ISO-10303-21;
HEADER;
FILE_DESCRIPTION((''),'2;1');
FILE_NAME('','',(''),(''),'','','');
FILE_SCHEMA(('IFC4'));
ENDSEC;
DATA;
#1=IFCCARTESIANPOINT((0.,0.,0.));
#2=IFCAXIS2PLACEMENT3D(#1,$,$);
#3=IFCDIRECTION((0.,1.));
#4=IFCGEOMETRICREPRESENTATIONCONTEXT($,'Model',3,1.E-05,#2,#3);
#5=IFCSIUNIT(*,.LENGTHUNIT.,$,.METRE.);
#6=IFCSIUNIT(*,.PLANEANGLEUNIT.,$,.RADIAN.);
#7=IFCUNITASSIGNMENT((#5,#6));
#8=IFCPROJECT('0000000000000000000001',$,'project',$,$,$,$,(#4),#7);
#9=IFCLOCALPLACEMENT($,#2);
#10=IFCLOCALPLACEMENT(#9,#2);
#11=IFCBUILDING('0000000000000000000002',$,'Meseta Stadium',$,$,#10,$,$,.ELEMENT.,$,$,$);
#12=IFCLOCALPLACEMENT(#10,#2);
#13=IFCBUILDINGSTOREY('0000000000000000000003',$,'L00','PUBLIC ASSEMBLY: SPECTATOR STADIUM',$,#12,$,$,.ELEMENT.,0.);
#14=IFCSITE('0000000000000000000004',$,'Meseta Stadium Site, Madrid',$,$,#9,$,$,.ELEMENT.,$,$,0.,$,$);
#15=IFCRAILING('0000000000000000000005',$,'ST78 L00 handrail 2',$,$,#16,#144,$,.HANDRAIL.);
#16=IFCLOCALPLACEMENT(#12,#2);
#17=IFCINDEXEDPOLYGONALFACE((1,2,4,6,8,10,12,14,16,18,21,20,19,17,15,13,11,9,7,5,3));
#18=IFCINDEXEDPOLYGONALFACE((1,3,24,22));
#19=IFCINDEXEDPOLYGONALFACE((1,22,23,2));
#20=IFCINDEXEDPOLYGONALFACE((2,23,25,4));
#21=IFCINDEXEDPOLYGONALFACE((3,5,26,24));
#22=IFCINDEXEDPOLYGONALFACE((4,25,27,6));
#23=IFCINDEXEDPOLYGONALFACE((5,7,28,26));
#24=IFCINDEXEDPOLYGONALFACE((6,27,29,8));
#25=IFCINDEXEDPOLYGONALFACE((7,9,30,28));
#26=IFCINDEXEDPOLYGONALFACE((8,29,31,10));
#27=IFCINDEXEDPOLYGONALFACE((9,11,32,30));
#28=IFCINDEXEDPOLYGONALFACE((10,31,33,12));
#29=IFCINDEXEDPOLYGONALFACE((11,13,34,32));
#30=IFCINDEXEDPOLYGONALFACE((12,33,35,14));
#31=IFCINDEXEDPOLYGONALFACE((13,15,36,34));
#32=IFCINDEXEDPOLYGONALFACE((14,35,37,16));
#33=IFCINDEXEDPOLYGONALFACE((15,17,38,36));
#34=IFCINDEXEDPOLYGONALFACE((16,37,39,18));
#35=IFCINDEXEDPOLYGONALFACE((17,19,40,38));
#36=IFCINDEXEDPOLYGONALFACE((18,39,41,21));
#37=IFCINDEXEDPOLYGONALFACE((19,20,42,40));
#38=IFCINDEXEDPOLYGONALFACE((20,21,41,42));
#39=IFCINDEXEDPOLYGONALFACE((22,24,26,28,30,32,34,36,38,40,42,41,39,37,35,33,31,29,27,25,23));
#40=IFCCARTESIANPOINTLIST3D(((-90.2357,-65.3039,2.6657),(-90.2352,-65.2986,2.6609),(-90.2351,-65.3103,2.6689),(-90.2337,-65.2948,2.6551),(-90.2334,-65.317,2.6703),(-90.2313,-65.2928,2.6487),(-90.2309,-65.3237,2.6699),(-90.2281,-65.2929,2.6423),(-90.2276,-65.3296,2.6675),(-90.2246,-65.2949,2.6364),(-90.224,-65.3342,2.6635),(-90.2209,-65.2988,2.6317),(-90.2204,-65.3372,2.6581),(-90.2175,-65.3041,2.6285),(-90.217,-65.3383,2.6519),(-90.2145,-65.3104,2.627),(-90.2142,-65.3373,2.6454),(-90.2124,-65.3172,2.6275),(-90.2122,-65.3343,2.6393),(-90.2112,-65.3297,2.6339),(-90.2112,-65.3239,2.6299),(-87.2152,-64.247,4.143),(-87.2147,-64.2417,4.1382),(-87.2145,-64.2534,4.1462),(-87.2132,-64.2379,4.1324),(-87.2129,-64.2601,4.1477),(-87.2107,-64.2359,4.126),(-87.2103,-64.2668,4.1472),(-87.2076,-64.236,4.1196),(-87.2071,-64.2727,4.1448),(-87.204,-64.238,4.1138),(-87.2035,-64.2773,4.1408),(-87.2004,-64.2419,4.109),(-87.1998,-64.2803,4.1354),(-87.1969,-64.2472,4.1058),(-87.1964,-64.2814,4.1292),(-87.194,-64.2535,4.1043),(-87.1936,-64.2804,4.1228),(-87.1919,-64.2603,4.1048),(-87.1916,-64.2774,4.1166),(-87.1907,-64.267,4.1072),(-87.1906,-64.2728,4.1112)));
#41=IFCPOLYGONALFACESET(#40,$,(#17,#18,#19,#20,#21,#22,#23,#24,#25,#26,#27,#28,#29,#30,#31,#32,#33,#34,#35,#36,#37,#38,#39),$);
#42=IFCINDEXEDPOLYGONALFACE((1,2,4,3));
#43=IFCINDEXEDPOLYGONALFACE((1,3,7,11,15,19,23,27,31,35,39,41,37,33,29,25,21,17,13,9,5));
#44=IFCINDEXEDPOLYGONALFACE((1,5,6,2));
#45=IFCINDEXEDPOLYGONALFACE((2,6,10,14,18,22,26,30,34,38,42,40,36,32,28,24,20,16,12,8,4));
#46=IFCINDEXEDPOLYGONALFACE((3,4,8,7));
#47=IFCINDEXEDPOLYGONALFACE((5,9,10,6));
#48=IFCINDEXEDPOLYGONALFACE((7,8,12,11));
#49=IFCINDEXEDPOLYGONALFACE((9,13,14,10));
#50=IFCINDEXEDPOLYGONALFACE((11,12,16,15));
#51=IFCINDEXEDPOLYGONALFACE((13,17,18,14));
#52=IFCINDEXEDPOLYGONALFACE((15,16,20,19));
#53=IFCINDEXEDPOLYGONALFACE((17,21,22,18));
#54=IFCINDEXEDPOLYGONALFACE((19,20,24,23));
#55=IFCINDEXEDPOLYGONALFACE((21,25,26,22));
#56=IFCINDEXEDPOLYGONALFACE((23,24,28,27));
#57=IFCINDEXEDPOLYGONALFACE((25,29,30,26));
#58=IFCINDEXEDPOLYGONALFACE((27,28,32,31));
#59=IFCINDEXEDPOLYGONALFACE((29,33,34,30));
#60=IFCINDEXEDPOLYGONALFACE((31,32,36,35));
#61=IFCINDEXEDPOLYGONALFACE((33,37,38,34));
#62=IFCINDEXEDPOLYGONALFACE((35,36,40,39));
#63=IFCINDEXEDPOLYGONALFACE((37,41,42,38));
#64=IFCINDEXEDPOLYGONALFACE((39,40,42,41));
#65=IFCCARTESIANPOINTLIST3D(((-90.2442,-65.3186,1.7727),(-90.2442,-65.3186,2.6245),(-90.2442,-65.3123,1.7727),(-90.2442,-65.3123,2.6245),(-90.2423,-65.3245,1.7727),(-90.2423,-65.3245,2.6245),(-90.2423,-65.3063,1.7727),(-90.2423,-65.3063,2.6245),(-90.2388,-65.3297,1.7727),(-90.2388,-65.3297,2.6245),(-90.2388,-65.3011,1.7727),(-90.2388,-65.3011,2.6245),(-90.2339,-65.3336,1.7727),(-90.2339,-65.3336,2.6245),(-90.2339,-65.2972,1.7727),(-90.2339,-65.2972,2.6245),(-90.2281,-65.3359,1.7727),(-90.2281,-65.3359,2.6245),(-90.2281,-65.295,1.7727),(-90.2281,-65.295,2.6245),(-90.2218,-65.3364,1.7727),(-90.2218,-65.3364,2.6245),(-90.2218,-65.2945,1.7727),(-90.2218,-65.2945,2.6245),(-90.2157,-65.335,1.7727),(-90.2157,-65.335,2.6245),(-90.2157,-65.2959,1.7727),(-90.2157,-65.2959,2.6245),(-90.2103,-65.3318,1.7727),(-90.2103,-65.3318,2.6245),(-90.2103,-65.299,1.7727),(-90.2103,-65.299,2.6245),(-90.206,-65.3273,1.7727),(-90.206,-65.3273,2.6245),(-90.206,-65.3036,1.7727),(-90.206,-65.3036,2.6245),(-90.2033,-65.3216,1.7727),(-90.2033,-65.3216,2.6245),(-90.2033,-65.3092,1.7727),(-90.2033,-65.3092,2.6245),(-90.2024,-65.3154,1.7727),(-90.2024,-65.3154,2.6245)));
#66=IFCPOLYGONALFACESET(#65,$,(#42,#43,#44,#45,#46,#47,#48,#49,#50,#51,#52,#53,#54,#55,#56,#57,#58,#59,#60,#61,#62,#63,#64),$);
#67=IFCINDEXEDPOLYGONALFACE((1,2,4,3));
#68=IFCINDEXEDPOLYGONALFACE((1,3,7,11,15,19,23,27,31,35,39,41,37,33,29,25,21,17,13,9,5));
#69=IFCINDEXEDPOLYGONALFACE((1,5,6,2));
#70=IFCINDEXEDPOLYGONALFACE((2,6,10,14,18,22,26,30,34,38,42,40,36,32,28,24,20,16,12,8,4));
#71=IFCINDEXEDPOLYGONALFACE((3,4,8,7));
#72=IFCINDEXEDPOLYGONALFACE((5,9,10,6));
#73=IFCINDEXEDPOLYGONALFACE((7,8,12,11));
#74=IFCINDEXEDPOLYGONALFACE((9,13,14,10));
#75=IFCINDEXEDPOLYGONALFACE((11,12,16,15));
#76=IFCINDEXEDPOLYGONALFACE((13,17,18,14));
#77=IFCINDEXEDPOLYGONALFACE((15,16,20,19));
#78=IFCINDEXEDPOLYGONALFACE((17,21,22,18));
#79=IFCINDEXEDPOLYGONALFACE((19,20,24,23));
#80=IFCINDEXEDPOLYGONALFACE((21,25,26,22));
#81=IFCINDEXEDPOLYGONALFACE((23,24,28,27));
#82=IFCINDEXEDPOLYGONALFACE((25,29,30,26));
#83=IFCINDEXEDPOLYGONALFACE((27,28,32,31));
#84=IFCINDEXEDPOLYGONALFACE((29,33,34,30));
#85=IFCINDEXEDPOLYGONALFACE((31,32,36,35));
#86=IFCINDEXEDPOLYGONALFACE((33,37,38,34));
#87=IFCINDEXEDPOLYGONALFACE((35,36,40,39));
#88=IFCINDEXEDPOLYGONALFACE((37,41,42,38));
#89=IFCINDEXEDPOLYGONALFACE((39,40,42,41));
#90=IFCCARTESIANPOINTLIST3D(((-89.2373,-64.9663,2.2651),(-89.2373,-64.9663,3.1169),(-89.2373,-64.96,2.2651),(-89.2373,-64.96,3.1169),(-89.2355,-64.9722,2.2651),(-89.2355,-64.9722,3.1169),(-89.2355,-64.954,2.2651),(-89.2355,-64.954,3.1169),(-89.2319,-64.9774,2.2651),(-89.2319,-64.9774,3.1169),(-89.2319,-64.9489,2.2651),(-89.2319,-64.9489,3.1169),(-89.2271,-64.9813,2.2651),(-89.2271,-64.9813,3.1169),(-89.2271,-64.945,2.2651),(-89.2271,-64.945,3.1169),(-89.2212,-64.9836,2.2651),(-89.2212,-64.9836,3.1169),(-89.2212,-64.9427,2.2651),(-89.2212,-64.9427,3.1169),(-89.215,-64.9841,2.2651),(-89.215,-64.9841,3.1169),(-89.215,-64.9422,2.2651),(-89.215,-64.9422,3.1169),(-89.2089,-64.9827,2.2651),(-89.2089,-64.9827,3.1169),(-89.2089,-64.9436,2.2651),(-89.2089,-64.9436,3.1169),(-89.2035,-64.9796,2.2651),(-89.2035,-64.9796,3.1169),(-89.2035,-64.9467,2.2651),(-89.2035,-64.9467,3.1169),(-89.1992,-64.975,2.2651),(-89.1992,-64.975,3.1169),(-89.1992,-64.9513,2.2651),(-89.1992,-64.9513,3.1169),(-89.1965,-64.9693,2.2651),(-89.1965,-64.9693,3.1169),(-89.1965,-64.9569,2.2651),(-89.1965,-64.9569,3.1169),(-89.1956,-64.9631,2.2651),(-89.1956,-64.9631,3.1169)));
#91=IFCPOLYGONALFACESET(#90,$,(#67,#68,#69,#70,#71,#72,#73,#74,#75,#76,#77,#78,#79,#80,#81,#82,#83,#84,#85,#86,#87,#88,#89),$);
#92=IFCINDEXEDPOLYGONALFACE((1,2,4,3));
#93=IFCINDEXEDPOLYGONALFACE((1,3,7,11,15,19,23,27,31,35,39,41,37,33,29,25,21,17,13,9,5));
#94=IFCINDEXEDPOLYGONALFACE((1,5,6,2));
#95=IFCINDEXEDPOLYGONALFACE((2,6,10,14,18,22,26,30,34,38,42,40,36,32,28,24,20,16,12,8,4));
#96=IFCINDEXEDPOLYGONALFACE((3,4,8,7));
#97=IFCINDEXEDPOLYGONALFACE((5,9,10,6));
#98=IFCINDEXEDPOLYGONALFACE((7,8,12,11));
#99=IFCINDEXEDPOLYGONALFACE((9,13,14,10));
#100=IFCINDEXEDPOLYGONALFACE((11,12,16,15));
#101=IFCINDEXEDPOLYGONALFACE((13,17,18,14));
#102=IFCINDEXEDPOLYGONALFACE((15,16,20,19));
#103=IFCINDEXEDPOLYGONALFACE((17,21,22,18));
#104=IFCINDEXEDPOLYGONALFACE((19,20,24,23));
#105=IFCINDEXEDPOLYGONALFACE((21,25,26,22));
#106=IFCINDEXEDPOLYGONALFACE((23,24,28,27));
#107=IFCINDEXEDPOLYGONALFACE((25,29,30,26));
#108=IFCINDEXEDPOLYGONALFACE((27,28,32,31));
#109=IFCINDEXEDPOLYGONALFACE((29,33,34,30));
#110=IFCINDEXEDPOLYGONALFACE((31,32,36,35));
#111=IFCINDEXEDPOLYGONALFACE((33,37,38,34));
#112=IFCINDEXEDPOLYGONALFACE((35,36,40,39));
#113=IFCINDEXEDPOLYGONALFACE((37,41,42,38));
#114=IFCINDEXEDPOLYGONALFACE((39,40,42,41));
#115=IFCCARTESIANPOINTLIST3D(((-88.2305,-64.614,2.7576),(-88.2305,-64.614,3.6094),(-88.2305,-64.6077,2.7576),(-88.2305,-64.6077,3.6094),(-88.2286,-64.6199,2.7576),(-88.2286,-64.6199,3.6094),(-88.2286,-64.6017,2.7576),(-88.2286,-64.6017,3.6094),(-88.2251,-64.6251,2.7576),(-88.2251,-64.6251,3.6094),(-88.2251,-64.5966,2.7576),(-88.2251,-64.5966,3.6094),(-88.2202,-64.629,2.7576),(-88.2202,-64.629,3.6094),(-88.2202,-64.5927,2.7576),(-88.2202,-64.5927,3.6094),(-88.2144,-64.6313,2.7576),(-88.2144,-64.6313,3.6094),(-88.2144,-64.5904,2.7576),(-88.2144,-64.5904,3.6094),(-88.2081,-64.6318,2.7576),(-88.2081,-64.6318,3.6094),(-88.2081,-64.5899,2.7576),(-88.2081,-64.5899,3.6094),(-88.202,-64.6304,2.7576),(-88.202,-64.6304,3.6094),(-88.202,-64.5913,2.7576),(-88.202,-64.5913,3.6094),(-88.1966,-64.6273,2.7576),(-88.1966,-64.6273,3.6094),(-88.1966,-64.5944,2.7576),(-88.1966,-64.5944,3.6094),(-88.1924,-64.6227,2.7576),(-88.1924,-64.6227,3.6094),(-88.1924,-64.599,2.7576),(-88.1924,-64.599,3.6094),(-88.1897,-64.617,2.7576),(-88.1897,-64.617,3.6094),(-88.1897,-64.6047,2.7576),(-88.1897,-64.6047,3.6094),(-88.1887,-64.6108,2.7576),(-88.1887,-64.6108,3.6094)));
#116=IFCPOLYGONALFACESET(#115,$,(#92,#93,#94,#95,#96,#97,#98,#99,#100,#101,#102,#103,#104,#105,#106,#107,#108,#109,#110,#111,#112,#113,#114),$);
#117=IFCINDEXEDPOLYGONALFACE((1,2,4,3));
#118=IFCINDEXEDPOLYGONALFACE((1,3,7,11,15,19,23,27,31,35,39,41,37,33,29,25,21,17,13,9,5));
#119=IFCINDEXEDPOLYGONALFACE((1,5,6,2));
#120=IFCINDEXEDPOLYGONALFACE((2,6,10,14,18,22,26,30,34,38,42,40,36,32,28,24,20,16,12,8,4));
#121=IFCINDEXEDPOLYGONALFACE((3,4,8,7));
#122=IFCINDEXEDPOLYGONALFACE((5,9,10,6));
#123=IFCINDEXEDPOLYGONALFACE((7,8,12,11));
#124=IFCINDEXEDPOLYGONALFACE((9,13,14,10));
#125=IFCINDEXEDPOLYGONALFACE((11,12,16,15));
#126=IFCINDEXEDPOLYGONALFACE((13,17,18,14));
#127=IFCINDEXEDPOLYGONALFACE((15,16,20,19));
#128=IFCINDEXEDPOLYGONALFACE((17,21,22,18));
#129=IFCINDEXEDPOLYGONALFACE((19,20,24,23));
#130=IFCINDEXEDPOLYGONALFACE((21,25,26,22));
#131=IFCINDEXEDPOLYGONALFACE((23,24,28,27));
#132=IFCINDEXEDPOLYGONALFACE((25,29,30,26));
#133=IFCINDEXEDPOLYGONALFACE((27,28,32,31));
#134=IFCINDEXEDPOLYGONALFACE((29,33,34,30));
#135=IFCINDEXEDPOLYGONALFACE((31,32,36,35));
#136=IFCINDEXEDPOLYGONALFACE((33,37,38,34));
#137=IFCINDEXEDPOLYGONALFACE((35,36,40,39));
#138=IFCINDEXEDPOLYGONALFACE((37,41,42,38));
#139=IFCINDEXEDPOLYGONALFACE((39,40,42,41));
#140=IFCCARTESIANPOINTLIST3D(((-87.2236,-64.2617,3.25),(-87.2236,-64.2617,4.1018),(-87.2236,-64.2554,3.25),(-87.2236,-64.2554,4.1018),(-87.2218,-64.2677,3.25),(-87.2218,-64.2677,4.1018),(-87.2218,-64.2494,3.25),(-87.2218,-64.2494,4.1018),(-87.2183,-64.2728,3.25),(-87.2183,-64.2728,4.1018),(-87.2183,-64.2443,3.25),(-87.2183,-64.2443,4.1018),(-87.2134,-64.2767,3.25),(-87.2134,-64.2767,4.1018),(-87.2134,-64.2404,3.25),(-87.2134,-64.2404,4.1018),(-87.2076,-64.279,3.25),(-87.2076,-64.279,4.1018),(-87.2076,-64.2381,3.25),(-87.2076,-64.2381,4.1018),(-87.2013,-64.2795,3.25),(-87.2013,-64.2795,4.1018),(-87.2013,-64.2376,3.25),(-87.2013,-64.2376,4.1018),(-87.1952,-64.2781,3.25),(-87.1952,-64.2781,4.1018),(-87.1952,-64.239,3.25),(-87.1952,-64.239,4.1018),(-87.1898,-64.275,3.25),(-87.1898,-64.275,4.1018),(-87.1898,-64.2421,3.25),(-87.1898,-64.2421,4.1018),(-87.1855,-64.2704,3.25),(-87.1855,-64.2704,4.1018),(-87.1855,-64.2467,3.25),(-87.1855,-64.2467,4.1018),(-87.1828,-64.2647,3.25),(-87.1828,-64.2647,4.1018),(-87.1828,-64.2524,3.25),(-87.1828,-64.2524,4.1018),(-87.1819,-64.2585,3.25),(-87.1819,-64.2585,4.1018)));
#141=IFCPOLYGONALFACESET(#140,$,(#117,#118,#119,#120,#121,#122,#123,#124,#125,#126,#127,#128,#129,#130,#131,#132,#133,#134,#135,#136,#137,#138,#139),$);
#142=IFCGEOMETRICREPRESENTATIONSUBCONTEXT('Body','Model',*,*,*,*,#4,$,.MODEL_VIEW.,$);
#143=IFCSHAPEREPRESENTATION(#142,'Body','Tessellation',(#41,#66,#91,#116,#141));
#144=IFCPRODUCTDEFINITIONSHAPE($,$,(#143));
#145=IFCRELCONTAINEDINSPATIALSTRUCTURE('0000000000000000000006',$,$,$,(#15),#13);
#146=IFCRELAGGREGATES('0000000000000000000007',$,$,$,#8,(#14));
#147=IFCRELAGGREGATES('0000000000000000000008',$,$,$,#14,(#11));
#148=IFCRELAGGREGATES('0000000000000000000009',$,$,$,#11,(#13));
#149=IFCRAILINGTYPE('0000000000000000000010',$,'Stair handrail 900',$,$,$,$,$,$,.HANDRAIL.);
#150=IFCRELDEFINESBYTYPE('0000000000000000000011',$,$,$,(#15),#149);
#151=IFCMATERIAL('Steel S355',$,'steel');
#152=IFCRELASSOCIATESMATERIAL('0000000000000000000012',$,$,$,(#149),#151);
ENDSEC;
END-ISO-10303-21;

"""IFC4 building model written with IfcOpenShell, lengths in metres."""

from ifc_helpers import new_model, si_unit, direction, frame, origin, origin_2d, place, context, subcontext, project, spatial, circle, extrude, material, type_object, element, save


model = new_model("IFC4")

# Units and contexts
model_context = context("Model", 3, precision=1e-05, world=origin(), true_north=direction((0.0, 1.0)))
body_context = subcontext(model_context, "Body", "Model", "MODEL_VIEW")
ifc_project = project(units=[si_unit("LENGTHUNIT", "METRE"), si_unit("PLANEANGLEUNIT", "RADIAN")], contexts=[model_context])

# Site, building, storey
site_placement = place(None, origin())
site = spatial("IfcSite", under=ifc_project, at=site_placement, Name="Meseta Stadium Site, Madrid", CompositionType="ELEMENT", RefElevation=0.0)
building_placement = place(site_placement, origin())
building = spatial("IfcBuilding", under=site, at=building_placement, Name="Meseta Stadium", CompositionType="ELEMENT")
storey_placement = place(building_placement, origin())
storey = spatial("IfcBuildingStorey", under=building, at=storey_placement, Name="L00", Description="PUBLIC ASSEMBLY: SPECTATOR STADIUM", CompositionType="ELEMENT", Elevation=0.0)

# Railing
ifc_material_1 = material(Name="Steel S355", Category="steel")
railing_type_1 = type_object("IfcRailingType", Name="Stair handrail 900", PredefinedType="HANDRAIL", material=ifc_material_1)
for number, where, name in (
    (1, (-90.2234, -65.3154, 1.7727), "ST78 L00 handrail 2"),
):
    element("IfcRailing", number, at=place(storey_placement, frame(where)), inside=storey, type_object=railing_type_1, Name=name, PredefinedType="HANDRAIL", context=body_context, shape_type="SweptSolid", body=[
        extrude(circle(Radius=0.0239, at=origin_2d()), frame((0.0, 0.0, 0.876), z_axis=(0.856977, 0.299859, 0.419137), x_axis=(-0.330269, 0.943887, 0.0)), (0.0, 0.0, 1.0), 3.5247),
        extrude(circle(Radius=0.021, at=origin_2d()), origin(), (0.0, 0.0, 1.0), 0.8518),
        extrude(circle(Radius=0.021, at=origin_2d()), frame((1.0068, 0.3523, 0.4924)), (0.0, 0.0, 1.0), 0.8518),
        extrude(circle(Radius=0.021, at=origin_2d()), frame((2.0137, 0.7046, 0.9849)), (0.0, 0.0, 1.0), 0.8518),
        extrude(circle(Radius=0.021, at=origin_2d()), frame((3.0205, 1.0569, 1.4773)), (0.0, 0.0, 1.0), 0.8518),
    ])

save(model, "model.ifc")
